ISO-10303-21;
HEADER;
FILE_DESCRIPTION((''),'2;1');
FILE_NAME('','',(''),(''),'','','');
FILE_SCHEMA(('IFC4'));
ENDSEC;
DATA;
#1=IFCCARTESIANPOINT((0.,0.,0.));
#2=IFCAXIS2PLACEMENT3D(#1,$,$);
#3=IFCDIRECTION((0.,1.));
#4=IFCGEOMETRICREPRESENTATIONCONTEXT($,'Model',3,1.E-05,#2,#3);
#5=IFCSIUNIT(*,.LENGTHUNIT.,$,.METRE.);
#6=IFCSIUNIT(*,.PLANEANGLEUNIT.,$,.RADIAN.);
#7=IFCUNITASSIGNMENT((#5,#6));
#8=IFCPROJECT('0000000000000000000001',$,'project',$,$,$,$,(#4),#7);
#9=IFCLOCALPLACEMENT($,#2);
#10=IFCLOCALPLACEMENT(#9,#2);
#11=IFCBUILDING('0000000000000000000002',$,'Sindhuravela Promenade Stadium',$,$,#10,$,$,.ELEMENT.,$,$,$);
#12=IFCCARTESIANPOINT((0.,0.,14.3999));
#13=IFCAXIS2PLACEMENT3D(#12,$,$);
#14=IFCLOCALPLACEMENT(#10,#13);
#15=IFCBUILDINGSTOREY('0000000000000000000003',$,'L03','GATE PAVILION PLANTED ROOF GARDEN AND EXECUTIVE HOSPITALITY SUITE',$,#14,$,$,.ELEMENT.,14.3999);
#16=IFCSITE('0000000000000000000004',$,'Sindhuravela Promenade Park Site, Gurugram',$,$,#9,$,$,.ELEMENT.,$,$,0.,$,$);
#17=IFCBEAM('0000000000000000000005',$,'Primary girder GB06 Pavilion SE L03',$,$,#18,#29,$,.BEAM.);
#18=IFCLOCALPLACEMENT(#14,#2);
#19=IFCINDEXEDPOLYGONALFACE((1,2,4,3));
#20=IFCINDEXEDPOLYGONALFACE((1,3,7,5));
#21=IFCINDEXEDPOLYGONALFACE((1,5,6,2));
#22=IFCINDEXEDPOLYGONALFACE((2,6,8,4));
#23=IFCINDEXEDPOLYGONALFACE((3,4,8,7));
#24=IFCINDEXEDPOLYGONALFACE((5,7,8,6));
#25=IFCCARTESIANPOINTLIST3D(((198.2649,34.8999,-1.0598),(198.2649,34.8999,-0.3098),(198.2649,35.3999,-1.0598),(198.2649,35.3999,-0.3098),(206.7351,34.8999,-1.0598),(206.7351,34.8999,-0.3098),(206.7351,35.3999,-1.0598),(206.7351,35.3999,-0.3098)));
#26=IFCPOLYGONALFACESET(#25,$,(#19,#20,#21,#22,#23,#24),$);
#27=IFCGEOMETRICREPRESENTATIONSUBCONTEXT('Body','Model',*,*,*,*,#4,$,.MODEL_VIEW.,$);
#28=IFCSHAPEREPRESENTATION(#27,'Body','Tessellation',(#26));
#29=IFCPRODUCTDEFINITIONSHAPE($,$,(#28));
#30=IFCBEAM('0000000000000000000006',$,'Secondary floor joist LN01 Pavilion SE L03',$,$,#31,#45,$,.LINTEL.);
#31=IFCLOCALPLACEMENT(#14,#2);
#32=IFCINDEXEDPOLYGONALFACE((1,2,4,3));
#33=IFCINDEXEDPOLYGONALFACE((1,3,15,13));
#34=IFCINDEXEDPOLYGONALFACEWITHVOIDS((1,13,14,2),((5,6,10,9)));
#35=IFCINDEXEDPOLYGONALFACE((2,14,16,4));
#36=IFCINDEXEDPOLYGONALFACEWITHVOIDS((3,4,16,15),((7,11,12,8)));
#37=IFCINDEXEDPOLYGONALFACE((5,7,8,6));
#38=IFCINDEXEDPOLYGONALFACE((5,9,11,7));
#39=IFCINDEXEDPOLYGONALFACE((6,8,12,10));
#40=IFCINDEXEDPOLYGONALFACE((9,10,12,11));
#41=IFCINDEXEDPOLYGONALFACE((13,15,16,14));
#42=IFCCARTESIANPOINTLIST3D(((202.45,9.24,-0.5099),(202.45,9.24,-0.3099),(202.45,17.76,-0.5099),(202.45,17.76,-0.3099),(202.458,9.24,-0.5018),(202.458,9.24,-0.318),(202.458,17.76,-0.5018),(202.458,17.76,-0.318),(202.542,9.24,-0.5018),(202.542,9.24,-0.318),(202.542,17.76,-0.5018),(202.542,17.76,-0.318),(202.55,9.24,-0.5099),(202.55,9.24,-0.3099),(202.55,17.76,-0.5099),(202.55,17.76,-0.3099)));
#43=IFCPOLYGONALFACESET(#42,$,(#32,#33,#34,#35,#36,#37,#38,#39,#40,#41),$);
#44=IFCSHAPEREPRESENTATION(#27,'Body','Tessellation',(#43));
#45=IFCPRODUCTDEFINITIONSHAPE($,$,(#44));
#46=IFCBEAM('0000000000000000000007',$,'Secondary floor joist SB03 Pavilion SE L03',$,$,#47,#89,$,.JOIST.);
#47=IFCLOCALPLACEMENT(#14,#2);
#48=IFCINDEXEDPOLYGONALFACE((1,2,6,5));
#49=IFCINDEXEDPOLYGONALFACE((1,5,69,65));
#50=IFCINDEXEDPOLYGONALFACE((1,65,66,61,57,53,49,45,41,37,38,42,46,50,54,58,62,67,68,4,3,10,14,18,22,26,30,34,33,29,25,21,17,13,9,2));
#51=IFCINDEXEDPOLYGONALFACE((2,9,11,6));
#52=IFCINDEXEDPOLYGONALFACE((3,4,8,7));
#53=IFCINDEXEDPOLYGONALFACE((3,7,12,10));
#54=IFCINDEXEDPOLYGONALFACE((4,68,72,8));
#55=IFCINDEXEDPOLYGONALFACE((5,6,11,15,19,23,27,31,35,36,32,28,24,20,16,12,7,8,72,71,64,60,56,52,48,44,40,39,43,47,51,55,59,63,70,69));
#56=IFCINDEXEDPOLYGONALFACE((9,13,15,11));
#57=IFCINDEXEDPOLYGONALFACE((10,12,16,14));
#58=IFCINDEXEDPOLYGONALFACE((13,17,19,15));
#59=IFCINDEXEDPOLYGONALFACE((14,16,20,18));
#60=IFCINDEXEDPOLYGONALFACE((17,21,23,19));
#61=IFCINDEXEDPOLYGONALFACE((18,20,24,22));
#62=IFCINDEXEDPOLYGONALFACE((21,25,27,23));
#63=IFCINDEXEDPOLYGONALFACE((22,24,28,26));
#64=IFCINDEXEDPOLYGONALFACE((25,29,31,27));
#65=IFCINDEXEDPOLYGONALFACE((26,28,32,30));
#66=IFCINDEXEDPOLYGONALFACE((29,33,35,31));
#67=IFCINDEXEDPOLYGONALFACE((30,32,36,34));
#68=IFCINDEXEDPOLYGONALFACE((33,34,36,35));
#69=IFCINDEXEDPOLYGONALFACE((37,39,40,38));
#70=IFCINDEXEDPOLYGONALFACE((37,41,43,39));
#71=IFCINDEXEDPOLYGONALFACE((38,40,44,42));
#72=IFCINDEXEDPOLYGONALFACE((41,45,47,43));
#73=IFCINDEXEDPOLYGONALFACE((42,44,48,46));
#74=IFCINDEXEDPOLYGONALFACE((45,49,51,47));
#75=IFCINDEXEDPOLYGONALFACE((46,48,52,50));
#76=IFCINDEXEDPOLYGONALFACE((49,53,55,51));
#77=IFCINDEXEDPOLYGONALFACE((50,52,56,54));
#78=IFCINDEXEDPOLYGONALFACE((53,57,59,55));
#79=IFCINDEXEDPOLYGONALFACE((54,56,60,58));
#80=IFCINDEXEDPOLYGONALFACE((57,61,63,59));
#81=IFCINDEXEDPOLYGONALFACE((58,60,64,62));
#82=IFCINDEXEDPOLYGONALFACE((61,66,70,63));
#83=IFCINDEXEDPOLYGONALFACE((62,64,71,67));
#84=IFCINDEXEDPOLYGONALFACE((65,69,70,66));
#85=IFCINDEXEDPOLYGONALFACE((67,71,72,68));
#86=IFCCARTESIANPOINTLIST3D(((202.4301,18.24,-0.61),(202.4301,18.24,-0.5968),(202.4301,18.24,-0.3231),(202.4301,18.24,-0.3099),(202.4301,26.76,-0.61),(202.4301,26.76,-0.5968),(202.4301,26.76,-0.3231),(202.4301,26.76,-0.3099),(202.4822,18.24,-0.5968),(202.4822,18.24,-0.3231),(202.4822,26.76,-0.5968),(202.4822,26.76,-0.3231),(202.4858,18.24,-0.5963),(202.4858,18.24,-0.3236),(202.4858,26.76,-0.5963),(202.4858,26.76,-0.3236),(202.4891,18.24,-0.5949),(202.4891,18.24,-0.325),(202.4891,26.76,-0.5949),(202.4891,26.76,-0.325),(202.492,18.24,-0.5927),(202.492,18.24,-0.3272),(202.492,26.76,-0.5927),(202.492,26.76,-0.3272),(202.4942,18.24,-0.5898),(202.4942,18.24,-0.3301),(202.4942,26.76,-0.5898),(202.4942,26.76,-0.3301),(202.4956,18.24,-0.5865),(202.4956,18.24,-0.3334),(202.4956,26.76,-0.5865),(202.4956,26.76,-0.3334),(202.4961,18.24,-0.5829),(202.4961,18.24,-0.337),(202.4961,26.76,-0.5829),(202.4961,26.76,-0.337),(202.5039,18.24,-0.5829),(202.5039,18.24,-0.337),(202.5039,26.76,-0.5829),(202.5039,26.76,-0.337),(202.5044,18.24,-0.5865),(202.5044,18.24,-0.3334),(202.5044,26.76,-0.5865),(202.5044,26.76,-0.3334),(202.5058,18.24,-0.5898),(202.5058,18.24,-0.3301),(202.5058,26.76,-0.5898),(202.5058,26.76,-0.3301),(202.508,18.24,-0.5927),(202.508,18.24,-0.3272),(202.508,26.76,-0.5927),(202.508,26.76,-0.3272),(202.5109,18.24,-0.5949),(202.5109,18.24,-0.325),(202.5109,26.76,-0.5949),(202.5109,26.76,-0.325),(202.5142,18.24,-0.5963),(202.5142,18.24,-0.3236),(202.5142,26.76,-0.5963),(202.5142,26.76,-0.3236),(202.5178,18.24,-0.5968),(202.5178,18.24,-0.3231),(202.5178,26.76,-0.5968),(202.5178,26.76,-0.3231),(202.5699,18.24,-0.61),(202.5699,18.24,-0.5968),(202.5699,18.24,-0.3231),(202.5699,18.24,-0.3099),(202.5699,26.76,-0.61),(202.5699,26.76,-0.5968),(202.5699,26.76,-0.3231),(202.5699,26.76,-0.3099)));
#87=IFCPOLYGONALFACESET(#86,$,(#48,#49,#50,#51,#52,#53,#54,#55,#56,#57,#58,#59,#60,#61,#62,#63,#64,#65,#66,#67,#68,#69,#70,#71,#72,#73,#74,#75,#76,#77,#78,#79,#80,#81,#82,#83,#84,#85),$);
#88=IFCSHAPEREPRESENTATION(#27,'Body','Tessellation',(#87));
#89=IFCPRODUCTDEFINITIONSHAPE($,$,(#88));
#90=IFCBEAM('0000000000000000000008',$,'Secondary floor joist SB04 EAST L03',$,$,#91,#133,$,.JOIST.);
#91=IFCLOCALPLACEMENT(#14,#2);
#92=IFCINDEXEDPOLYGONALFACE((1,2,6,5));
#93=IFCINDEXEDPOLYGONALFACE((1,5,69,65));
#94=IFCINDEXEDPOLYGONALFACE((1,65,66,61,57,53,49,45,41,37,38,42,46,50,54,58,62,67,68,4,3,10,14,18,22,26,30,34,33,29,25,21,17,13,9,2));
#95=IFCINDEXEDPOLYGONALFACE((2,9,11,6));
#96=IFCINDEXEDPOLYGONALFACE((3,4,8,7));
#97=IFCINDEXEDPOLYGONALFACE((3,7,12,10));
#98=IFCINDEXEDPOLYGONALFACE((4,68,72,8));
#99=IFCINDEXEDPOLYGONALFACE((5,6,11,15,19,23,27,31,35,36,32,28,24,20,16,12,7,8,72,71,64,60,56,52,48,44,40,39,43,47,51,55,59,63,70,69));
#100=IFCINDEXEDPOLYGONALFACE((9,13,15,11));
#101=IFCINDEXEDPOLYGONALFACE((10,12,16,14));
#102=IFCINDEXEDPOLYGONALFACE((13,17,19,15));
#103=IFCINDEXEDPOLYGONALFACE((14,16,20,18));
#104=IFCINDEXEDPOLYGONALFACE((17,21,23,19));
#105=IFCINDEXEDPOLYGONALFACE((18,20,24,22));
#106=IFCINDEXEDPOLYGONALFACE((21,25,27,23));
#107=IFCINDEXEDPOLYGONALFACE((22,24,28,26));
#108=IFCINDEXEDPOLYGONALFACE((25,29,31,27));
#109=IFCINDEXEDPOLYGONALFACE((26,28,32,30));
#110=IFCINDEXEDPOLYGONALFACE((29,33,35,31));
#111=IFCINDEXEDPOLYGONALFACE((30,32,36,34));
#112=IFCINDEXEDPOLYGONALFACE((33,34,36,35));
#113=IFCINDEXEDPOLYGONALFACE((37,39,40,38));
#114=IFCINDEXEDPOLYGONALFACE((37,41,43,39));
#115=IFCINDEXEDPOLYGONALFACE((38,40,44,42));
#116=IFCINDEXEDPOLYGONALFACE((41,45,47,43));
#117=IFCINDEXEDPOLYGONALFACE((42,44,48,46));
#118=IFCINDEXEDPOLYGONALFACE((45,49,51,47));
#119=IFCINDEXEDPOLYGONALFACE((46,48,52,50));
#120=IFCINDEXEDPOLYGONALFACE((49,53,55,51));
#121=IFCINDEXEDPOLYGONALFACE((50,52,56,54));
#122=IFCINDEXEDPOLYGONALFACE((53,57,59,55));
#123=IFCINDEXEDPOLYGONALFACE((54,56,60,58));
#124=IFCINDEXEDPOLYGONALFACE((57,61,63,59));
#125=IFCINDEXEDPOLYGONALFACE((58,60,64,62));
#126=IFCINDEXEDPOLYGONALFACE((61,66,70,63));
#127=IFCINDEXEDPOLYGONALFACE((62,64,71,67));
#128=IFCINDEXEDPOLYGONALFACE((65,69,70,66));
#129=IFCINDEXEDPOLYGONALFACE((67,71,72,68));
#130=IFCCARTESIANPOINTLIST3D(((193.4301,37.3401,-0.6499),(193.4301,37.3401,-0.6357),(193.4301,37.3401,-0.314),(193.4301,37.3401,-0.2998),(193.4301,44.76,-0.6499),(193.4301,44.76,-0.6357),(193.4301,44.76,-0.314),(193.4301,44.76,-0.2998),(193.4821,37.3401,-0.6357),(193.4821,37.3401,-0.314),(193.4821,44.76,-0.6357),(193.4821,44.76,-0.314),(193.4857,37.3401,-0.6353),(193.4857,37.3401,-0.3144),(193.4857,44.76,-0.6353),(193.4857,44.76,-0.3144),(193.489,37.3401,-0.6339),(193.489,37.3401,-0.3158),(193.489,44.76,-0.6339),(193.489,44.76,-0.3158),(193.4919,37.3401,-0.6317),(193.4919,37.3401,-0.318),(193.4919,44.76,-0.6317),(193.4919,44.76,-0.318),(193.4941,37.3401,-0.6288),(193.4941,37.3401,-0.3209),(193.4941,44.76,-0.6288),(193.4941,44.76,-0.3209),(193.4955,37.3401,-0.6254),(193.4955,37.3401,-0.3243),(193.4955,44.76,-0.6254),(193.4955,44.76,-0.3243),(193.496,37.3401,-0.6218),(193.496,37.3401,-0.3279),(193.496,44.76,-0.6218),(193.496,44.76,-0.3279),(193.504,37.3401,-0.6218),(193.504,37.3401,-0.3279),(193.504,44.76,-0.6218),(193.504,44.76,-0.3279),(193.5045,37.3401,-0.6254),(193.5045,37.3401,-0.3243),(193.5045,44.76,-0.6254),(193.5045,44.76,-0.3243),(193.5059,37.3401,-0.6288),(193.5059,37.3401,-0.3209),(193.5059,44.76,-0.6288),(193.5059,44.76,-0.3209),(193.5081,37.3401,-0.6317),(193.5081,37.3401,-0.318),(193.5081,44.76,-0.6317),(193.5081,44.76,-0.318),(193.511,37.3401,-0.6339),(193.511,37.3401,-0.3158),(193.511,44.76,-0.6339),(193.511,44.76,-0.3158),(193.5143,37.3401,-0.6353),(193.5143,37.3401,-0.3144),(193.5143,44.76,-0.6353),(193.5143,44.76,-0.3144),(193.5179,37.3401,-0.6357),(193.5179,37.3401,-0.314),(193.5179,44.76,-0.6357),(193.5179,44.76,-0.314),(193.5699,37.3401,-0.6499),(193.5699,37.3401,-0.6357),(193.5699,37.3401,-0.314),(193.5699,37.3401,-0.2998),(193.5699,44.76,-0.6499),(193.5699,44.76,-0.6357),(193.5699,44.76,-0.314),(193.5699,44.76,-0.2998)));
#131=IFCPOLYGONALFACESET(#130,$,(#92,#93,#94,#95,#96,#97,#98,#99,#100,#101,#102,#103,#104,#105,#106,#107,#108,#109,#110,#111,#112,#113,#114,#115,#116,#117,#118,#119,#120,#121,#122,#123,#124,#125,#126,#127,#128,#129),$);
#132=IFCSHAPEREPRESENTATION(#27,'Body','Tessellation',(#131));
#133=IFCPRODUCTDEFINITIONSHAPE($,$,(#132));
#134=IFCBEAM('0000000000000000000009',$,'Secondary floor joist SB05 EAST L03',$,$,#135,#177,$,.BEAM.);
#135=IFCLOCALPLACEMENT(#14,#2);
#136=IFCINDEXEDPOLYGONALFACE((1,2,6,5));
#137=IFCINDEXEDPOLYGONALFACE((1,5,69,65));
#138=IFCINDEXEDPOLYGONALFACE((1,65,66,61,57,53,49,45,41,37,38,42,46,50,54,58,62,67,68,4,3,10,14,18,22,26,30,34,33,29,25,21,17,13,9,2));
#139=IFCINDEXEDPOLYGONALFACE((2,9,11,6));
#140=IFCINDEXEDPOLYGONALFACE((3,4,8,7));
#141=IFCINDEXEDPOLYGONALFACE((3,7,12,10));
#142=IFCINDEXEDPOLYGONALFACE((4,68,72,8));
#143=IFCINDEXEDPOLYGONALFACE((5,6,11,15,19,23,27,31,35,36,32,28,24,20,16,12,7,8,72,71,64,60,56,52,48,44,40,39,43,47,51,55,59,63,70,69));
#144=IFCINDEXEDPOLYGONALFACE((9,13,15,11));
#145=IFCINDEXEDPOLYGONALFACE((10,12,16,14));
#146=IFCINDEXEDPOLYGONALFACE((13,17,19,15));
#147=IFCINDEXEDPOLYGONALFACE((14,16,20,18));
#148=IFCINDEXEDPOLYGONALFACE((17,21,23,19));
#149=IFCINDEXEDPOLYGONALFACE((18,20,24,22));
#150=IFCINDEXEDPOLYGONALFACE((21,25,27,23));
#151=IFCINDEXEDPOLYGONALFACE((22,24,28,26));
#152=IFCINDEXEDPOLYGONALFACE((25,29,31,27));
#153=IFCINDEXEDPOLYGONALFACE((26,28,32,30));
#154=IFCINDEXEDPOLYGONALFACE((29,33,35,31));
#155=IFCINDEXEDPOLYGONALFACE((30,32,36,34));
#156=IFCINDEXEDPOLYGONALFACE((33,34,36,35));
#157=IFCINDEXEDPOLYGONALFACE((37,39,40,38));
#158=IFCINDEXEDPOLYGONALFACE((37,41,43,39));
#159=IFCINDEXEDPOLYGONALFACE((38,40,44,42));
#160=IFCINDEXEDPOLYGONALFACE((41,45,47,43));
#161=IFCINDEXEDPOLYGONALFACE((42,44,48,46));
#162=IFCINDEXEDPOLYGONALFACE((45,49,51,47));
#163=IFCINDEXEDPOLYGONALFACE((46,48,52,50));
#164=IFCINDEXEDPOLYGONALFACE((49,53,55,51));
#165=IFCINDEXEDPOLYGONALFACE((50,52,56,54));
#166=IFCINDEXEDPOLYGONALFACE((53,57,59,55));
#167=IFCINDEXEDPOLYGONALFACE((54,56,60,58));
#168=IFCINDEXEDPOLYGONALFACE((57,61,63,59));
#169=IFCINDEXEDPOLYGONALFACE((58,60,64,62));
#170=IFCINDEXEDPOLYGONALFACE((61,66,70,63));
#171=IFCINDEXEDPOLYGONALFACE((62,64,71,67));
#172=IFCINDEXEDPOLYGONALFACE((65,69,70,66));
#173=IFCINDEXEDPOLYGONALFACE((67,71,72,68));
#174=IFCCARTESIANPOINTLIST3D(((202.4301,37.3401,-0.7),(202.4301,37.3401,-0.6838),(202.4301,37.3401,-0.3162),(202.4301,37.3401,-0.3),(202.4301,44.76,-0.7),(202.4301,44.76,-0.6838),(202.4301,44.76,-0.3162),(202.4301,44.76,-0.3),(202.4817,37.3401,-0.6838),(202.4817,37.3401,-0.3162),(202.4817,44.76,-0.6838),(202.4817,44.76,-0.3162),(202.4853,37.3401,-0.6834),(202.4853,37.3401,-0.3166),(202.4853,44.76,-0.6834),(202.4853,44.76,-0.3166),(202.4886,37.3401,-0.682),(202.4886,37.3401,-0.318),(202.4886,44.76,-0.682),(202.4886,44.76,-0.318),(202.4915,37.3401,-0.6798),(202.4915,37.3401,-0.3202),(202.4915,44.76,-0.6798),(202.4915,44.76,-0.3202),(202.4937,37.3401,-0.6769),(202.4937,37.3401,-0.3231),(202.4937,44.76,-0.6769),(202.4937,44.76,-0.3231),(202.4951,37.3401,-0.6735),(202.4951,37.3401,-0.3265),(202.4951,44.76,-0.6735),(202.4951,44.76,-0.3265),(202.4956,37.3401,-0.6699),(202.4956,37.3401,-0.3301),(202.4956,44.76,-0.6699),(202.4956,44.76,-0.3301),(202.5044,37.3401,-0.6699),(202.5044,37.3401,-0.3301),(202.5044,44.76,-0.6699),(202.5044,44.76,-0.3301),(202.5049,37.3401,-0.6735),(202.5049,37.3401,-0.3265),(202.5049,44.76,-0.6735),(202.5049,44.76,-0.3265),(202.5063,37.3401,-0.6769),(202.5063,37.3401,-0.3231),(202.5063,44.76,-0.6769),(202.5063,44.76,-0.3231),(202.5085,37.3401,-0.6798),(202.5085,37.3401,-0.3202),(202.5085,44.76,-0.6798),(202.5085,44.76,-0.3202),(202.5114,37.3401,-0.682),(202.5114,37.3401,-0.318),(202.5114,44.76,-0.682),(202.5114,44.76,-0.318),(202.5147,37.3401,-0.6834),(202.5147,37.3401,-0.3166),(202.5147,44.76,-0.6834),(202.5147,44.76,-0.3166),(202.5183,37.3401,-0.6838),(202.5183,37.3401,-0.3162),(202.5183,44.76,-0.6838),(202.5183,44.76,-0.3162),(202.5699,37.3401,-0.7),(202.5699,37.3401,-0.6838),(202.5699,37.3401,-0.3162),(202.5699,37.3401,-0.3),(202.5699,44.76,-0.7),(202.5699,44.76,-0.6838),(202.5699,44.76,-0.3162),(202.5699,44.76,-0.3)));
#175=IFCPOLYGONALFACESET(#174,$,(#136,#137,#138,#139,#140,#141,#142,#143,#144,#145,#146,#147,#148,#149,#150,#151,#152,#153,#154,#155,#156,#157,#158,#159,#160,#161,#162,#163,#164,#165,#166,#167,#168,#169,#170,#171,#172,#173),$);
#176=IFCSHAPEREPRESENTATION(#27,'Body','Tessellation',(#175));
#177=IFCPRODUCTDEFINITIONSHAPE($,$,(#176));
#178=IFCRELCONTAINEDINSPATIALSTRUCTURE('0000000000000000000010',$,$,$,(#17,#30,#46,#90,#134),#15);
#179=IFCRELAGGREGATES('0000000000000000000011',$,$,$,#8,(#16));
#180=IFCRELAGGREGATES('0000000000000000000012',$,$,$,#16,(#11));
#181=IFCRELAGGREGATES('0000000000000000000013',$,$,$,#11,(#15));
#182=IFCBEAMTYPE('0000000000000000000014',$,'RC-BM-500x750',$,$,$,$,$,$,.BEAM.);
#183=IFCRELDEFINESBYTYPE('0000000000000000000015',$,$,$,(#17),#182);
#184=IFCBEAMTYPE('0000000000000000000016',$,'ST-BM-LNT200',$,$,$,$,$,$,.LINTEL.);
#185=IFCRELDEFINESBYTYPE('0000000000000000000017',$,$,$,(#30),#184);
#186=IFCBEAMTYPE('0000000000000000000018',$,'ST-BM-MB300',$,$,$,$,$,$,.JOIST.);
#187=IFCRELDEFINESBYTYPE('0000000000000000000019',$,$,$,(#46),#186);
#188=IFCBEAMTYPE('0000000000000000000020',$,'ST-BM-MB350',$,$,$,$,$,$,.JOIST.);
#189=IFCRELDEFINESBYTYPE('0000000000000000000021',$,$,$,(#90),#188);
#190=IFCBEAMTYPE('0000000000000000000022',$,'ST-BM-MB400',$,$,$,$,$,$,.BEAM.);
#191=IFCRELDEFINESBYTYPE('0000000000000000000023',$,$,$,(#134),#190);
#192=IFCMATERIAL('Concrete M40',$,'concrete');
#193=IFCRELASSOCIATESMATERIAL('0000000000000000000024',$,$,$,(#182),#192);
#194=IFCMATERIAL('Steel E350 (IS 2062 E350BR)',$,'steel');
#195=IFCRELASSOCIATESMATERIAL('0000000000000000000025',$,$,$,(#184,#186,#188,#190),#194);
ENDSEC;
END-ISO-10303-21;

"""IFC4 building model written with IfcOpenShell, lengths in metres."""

from ifc_helpers import new_model, si_unit, direction, frame, origin, origin_2d, place, context, subcontext, project, spatial, rectangle, hollow_rectangle, i_section, extrude, material, material_profile, profile_set, type_object, element, save


model = new_model("IFC4")

# Units and contexts
model_context = context("Model", 3, precision=1e-05, world=origin(), true_north=direction((0.0, 1.0)))
body_context = subcontext(model_context, "Body", "Model", "MODEL_VIEW")
ifc_project = project(units=[si_unit("LENGTHUNIT", "METRE"), si_unit("PLANEANGLEUNIT", "RADIAN")], contexts=[model_context])

# Site, building, storey
site_placement = place(None, origin())
site = spatial("IfcSite", under=ifc_project, at=site_placement, Name="Sindhuravela Promenade Park Site, Gurugram", CompositionType="ELEMENT", RefElevation=0.0)
building_placement = place(site_placement, origin())
building = spatial("IfcBuilding", under=site, at=building_placement, Name="Sindhuravela Promenade Stadium", CompositionType="ELEMENT")
storey_placement = place(building_placement, frame((0.0, 0.0, 14.3999)))
storey = spatial("IfcBuildingStorey", under=building, at=storey_placement, Name="L03", Description="GATE PAVILION PLANTED ROOF GARDEN AND EXECUTIVE HOSPITALITY SUITE", CompositionType="ELEMENT", Elevation=14.3999)

# Shared definitions
ifc_material_1 = material(Name="Concrete M40", Category="concrete")

# Beams
ifc_material_profile_1 = material_profile(ifc_material_1, rectangle(XDim=0.5, YDim=0.75, at=origin_2d()), Name="RC 500x750")
ifc_profile_set_1 = profile_set([ifc_material_profile_1], Name="Concrete M40")
beam_type_1 = type_object("IfcBeamType", Name="RC-BM-500x750", PredefinedType="BEAM", material=ifc_profile_set_1)
for number, where, z_axis, x_axis, name in (
    (1, (198.2649, 35.1499, -0.6848), (1.0, 0.0, 0.0), (0.0, 1.0, 0.0), "Primary girder GB06 Pavilion SE L03"),
):
    element("IfcBeam", number, at=place(storey_placement, frame(where, z_axis=z_axis, x_axis=x_axis)), inside=storey, type_object=beam_type_1, Name=name, PredefinedType="BEAM", context=body_context, shape_type="SweptSolid", body=[
        extrude(rectangle(XDim=0.5, YDim=0.75, at=origin_2d()), origin(), (0.0, 0.0, 1.0), 8.4702),
    ])
ifc_material_2 = material(Name="Steel E350 (IS 2062 E350BR)", Category="steel")
ifc_material_profile_2 = material_profile(ifc_material_2, hollow_rectangle(XDim=0.1001, YDim=0.2, WallThickness=0.0081, at=origin_2d()), Name="RHS 200x100x8")
ifc_profile_set_2 = profile_set([ifc_material_profile_2], Name="Steel E350 (IS 2062 E350BR)")
beam_type_2 = type_object("IfcBeamType", Name="ST-BM-LNT200", PredefinedType="LINTEL", material=ifc_profile_set_2)
beam_1_placement = place(storey_placement, frame((202.5, 9.24, -0.4099), z_axis=(0.0, 1.0, 0.0), x_axis=(-1.0, 0.0, 0.0)))
element("IfcBeam", 2, at=beam_1_placement, inside=storey, type_object=beam_type_2, Name="Secondary floor joist LN01 Pavilion SE L03", PredefinedType="LINTEL", context=body_context, shape_type="SweptSolid", body=[
    extrude(hollow_rectangle(XDim=0.1001, YDim=0.2, WallThickness=0.0081, at=origin_2d()), origin(), (0.0, 0.0, 1.0), 8.52),
])
ifc_material_profile_3 = material_profile(ifc_material_2, i_section(OverallWidth=0.1399, OverallDepth=0.3, WebThickness=0.0078, FlangeThickness=0.0132, FilletRadius=0.0139, at=origin_2d()), Name="ISMB 300")
ifc_profile_set_3 = profile_set([ifc_material_profile_3], Name="Steel E350 (IS 2062 E350BR)")
beam_type_3 = type_object("IfcBeamType", Name="ST-BM-MB300", PredefinedType="JOIST", material=ifc_profile_set_3)
beam_2_placement = place(storey_placement, frame((202.5, 18.24, -0.46), z_axis=(0.0, 1.0, 0.0), x_axis=(-1.0, 0.0, 0.0)))
element("IfcBeam", 3, at=beam_2_placement, inside=storey, type_object=beam_type_3, Name="Secondary floor joist SB03 Pavilion SE L03", PredefinedType="JOIST", context=body_context, shape_type="SweptSolid", body=[
    extrude(i_section(OverallWidth=0.1399, OverallDepth=0.3, WebThickness=0.0078, FlangeThickness=0.0132, FilletRadius=0.0139, at=origin_2d()), origin(), (0.0, 0.0, 1.0), 8.52),
])
ifc_material_profile_4 = material_profile(ifc_material_2, i_section(OverallWidth=0.1399, OverallDepth=0.3501, WebThickness=0.0081, FlangeThickness=0.0142, FilletRadius=0.0139, at=origin_2d()), Name="ISMB 350")
ifc_profile_set_4 = profile_set([ifc_material_profile_4], Name="Steel E350 (IS 2062 E350BR)")
beam_type_4 = type_object("IfcBeamType", Name="ST-BM-MB350", PredefinedType="JOIST", material=ifc_profile_set_4)
beam_3_placement = place(storey_placement, frame((193.5, 37.3401, -0.4749), z_axis=(0.0, 1.0, 0.0), x_axis=(-1.0, 0.0, 0.0)))
element("IfcBeam", 4, at=beam_3_placement, inside=storey, type_object=beam_type_4, Name="Secondary floor joist SB04 EAST L03", PredefinedType="JOIST", context=body_context, shape_type="SweptSolid", body=[
    extrude(i_section(OverallWidth=0.1399, OverallDepth=0.3501, WebThickness=0.0081, FlangeThickness=0.0142, FilletRadius=0.0139, at=origin_2d()), origin(), (0.0, 0.0, 1.0), 7.4199),
])
ifc_material_profile_5 = material_profile(ifc_material_2, i_section(OverallWidth=0.1399, OverallDepth=0.3999, WebThickness=0.0088, FlangeThickness=0.0161, FilletRadius=0.0139, at=origin_2d()), Name="ISMB 400")
ifc_profile_set_5 = profile_set([ifc_material_profile_5], Name="Steel E350 (IS 2062 E350BR)")
beam_type_5 = type_object("IfcBeamType", Name="ST-BM-MB400", PredefinedType="BEAM", material=ifc_profile_set_5)
beam_4_placement = place(storey_placement, frame((202.5, 37.3401, -0.5), z_axis=(0.0, 1.0, 0.0), x_axis=(-1.0, 0.0, 0.0)))
element("IfcBeam", 5, at=beam_4_placement, inside=storey, type_object=beam_type_5, Name="Secondary floor joist SB05 EAST L03", PredefinedType="BEAM", context=body_context, shape_type="SweptSolid", body=[
    extrude(i_section(OverallWidth=0.1399, OverallDepth=0.3999, WebThickness=0.0088, FlangeThickness=0.0161, FilletRadius=0.0139, at=origin_2d()), origin(), (0.0, 0.0, 1.0), 7.4199),
])

save(model, "model.ifc")
